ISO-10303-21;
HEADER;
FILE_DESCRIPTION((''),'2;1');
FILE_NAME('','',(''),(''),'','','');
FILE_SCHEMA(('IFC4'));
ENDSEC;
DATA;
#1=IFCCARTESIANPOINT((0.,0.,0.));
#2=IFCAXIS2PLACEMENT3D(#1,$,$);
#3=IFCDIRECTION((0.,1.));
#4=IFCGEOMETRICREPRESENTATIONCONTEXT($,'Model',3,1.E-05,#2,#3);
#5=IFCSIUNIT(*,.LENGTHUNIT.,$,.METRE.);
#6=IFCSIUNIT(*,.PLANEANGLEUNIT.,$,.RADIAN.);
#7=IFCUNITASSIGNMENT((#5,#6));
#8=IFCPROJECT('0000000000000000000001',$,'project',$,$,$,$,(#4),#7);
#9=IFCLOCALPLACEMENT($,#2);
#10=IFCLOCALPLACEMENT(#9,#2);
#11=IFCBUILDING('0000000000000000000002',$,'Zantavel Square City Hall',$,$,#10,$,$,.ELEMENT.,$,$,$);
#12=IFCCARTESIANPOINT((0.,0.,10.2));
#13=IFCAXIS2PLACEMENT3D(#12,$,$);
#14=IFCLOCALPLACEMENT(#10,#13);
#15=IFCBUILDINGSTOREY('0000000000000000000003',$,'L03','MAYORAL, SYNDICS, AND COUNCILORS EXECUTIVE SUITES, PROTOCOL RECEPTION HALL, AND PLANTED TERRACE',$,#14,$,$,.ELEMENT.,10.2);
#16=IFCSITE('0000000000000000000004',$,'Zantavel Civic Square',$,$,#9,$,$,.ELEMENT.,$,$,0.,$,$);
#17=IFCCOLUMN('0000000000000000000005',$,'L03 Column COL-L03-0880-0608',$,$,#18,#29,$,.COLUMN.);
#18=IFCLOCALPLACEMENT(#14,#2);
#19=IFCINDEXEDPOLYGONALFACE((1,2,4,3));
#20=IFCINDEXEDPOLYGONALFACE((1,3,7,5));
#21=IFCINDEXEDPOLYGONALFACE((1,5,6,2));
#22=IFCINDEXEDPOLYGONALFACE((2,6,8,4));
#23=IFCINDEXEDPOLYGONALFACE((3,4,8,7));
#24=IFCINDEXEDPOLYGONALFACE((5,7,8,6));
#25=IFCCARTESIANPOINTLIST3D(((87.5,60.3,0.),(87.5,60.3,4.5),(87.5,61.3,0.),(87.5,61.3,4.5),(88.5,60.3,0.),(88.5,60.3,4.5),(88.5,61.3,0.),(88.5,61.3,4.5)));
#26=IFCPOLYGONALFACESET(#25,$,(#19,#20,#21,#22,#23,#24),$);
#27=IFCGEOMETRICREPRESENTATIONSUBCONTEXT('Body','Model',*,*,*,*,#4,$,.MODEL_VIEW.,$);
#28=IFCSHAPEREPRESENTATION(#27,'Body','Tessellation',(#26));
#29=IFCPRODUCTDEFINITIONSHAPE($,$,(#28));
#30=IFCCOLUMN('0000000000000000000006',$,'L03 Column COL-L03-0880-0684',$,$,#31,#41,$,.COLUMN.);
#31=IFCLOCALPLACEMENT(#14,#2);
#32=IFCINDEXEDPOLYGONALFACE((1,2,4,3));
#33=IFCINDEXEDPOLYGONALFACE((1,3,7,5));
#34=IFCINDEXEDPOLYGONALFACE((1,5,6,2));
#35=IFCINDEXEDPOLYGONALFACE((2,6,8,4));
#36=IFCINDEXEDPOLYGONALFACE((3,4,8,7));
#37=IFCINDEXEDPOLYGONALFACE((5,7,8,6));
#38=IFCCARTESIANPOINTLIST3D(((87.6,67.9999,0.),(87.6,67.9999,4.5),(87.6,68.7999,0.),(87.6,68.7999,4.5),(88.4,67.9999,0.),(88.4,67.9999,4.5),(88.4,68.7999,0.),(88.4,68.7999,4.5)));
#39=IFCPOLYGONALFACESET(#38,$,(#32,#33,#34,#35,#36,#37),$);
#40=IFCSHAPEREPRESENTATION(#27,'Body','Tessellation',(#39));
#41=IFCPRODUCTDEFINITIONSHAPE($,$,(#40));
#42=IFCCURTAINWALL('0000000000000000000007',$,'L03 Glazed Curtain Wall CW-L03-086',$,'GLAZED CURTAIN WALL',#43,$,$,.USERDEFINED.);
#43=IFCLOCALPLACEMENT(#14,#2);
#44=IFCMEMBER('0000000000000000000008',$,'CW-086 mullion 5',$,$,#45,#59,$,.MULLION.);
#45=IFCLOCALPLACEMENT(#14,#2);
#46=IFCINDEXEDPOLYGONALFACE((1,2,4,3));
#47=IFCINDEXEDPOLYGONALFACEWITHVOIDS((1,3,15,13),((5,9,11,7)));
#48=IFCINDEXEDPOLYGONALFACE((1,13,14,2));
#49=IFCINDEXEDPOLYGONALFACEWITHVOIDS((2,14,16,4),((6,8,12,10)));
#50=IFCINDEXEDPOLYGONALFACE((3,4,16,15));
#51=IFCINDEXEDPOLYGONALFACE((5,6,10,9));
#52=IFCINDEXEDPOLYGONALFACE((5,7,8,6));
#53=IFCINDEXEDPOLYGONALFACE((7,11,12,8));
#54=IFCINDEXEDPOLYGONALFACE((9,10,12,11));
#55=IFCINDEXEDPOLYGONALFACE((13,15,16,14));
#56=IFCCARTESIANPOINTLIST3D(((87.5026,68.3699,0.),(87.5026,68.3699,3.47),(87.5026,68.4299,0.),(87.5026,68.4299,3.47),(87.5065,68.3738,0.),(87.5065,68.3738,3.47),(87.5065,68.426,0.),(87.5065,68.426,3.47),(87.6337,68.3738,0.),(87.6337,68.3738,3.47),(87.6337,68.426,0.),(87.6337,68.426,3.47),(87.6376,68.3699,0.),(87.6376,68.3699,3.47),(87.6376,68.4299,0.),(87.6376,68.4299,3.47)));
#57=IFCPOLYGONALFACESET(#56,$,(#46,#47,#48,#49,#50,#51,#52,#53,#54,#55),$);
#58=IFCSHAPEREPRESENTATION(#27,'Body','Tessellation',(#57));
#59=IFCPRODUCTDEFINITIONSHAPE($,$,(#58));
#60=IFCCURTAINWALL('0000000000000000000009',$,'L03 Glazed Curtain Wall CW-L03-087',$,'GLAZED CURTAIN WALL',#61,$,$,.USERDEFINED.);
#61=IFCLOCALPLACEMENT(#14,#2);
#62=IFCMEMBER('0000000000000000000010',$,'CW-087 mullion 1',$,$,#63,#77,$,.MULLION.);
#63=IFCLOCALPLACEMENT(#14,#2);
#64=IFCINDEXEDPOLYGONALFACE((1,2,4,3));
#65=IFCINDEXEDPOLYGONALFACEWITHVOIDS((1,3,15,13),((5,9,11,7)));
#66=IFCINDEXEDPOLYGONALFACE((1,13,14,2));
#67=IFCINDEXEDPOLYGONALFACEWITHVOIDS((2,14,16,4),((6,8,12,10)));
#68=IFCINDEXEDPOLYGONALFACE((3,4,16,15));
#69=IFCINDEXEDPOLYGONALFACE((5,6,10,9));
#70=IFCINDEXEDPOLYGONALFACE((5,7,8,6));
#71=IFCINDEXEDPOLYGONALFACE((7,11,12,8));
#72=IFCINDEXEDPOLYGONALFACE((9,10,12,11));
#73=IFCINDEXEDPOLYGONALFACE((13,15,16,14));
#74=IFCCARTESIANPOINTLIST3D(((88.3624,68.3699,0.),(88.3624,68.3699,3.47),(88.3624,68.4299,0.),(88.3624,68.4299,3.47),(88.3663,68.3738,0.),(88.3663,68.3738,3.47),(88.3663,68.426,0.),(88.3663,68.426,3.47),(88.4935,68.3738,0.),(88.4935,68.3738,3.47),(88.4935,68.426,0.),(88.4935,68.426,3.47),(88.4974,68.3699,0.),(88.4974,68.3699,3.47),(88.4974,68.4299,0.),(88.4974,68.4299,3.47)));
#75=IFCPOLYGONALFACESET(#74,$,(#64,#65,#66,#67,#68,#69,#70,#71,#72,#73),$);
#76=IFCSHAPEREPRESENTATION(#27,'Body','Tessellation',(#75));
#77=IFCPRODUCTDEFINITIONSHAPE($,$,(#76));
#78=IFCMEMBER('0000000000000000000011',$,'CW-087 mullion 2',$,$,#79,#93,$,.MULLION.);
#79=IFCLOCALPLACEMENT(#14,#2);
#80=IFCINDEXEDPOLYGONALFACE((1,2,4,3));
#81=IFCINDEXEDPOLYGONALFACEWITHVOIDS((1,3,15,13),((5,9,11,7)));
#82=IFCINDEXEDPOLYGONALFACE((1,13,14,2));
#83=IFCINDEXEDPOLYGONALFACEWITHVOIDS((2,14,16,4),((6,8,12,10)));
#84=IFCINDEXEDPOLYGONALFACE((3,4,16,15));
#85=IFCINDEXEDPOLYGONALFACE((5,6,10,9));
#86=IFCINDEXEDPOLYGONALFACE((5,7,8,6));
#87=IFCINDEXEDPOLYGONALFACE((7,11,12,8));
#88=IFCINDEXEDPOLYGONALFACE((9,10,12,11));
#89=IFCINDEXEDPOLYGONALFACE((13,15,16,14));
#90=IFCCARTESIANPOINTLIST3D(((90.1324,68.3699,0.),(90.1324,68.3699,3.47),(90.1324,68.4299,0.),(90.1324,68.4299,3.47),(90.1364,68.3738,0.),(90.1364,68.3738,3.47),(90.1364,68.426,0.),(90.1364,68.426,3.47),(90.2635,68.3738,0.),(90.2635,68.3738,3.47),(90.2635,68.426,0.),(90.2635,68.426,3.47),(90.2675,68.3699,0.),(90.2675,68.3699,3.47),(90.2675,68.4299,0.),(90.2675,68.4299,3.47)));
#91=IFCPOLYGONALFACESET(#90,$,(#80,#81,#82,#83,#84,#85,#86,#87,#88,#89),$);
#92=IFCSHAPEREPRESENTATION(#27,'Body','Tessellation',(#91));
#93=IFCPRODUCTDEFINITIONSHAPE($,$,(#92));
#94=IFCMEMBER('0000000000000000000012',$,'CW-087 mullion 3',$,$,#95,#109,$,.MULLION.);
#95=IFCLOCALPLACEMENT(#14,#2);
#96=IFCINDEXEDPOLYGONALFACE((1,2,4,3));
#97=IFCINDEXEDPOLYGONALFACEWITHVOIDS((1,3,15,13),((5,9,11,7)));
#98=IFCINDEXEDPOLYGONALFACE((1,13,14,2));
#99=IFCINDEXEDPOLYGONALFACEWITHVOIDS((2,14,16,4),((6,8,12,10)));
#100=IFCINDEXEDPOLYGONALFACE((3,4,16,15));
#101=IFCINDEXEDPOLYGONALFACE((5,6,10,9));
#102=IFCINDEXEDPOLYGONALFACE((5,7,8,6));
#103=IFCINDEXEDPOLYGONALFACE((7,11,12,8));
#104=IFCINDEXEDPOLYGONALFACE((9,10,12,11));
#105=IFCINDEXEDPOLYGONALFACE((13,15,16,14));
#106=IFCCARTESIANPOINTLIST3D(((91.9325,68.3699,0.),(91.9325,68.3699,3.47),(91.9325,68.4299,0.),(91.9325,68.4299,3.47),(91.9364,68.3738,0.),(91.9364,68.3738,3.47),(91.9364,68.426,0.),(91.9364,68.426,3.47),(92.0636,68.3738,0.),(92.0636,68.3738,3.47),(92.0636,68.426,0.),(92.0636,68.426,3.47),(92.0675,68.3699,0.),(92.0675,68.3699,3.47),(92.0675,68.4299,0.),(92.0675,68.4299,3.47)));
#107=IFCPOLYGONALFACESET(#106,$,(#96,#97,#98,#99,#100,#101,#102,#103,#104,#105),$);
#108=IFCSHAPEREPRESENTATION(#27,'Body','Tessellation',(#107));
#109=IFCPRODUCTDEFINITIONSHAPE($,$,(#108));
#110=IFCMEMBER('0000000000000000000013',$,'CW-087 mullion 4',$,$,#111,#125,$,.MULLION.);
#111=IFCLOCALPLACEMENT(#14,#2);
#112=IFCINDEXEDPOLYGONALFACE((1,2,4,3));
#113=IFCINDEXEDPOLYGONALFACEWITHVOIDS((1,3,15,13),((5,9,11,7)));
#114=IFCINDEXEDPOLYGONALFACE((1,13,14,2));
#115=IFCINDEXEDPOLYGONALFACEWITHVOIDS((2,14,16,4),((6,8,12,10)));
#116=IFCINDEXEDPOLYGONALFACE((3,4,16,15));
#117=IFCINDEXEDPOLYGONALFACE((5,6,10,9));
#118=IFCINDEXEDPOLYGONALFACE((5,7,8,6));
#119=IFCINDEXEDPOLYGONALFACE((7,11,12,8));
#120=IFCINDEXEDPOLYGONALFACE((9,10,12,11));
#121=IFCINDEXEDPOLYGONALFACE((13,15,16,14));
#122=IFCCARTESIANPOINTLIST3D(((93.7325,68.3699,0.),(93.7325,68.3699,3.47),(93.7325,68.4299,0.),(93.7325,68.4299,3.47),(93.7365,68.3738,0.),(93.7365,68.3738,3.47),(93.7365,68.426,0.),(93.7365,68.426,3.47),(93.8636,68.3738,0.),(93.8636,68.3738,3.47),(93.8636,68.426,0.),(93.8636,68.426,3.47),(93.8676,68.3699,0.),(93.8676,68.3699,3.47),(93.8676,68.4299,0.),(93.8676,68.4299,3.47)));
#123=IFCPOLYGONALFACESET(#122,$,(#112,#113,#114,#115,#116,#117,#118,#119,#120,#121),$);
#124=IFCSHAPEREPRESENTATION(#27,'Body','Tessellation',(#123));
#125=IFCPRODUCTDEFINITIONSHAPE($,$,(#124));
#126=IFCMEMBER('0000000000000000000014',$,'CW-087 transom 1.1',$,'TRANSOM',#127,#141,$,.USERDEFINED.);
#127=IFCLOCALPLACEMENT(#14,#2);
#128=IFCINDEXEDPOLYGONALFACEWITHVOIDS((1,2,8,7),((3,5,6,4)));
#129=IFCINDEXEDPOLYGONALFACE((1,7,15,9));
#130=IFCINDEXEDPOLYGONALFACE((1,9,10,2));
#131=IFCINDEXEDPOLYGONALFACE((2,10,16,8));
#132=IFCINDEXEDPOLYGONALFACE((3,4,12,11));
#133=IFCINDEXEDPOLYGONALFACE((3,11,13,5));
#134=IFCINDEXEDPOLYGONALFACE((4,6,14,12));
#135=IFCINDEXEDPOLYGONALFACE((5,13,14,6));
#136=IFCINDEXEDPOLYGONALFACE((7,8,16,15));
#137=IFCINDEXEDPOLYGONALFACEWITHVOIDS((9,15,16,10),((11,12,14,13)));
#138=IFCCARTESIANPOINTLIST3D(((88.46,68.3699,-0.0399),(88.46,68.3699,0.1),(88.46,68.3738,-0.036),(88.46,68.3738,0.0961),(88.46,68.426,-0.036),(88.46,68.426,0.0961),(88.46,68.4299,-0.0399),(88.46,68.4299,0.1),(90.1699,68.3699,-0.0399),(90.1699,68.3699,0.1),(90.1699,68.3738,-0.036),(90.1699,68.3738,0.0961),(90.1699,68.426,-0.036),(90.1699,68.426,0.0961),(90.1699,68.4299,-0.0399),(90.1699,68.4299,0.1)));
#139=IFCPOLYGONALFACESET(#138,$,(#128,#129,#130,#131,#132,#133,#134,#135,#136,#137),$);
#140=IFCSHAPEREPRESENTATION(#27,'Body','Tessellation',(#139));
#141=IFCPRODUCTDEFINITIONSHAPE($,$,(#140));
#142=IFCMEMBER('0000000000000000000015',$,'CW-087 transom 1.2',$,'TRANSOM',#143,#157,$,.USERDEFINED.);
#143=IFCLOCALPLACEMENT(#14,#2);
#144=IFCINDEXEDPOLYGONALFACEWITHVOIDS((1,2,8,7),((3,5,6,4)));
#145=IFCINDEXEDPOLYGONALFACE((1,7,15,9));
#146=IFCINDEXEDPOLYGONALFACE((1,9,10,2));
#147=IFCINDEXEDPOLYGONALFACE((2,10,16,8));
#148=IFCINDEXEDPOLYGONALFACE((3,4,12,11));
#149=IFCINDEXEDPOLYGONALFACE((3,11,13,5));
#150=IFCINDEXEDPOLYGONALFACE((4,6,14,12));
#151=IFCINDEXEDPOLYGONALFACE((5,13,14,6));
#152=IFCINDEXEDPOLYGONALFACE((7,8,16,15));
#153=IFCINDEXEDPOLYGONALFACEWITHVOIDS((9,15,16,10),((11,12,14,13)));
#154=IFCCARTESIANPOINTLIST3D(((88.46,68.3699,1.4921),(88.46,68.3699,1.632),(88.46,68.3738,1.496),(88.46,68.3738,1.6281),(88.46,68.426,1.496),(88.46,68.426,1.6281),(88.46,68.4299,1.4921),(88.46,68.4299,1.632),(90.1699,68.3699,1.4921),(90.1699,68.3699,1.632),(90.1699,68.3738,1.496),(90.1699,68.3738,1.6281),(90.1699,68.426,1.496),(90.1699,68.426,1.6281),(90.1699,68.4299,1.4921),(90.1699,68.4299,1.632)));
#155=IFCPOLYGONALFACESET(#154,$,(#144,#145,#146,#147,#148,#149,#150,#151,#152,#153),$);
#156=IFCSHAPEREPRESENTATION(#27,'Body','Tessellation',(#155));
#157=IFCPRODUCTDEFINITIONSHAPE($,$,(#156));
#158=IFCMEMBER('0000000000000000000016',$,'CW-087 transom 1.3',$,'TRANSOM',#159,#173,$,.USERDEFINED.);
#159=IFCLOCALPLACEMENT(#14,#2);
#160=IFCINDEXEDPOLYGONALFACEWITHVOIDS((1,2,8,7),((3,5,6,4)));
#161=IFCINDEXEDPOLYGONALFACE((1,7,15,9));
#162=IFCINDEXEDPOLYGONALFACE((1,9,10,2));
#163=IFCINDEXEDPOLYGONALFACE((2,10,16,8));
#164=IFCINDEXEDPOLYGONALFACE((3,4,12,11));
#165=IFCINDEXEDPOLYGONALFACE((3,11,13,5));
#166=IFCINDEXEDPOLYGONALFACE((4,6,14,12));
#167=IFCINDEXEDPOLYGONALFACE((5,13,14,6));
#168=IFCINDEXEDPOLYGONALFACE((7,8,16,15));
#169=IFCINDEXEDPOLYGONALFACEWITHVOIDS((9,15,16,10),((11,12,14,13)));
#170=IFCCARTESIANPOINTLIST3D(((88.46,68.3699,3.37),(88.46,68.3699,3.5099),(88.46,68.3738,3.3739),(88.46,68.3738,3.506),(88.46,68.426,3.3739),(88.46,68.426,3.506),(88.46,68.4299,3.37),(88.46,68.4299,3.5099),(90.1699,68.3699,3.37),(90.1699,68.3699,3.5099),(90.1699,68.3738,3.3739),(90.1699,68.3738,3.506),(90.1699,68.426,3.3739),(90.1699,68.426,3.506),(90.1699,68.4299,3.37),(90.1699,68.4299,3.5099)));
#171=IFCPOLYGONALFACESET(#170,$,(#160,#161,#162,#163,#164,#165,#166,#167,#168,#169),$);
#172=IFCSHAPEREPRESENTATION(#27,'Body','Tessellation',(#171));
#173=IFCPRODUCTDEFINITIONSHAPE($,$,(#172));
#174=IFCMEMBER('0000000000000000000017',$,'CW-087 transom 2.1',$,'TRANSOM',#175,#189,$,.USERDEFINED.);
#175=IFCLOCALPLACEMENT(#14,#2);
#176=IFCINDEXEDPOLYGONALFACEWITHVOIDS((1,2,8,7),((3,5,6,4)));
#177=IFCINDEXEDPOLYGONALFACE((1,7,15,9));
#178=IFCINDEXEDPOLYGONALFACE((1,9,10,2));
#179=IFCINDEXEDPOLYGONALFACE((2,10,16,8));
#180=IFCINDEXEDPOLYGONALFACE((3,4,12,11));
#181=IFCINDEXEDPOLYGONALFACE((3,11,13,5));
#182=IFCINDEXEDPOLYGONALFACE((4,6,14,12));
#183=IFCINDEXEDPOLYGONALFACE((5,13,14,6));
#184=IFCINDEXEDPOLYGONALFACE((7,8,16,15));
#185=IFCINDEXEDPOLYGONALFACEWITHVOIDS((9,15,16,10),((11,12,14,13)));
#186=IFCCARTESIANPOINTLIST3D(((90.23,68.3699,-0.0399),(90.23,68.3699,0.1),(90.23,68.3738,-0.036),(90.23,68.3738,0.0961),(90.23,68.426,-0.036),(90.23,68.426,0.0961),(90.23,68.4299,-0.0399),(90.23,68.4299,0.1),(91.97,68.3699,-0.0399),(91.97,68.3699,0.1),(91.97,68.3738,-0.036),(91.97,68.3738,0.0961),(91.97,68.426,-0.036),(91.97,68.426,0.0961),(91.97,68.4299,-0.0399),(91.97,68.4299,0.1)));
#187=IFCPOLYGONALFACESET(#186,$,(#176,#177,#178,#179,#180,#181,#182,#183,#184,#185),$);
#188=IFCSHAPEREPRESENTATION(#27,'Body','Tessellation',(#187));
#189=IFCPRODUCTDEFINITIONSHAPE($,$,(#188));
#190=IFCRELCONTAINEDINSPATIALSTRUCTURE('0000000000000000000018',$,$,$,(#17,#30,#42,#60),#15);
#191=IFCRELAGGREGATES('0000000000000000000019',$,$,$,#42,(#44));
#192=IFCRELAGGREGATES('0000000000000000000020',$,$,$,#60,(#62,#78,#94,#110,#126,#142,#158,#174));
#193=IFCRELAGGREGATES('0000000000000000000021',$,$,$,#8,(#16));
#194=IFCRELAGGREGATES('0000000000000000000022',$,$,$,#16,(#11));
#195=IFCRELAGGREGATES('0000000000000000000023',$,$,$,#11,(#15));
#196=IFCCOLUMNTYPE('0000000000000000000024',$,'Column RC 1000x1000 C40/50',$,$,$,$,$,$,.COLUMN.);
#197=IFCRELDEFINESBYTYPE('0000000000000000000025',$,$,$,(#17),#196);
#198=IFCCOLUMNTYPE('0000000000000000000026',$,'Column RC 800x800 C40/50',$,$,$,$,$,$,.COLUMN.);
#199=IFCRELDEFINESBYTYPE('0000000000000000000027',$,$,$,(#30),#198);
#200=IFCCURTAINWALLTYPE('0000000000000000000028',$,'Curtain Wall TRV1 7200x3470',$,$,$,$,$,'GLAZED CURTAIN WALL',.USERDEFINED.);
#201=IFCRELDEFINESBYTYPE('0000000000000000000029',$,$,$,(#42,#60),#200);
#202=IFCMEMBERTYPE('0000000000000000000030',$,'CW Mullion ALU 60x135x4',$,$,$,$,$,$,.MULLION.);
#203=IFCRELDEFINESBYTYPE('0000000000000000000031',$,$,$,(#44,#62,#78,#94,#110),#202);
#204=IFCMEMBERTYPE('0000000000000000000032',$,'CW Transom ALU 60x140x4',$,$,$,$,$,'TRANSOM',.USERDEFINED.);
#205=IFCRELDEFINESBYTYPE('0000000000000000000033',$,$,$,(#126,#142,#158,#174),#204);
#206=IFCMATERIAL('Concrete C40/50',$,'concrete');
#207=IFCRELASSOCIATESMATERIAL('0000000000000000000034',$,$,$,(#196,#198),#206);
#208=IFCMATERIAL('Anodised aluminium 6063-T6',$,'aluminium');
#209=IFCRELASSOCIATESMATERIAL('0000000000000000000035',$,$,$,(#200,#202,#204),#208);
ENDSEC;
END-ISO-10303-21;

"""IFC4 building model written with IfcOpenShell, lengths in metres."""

from ifc_helpers import new_model, si_unit, direction, frame, origin, origin_2d, place, context, subcontext, project, spatial, rectangle, hollow_rectangle, extrude, material, material_profile, profile_set, type_object, element, aggregate, save


model = new_model("IFC4")

# Units and contexts
model_context = context("Model", 3, precision=1e-05, world=origin(), true_north=direction((0.0, 1.0)))
body_context = subcontext(model_context, "Body", "Model", "MODEL_VIEW")
ifc_project = project(units=[si_unit("LENGTHUNIT", "METRE"), si_unit("PLANEANGLEUNIT", "RADIAN")], contexts=[model_context])

# Site, building, storey
site_placement = place(None, origin())
site = spatial("IfcSite", under=ifc_project, at=site_placement, Name="Zantavel Civic Square", CompositionType="ELEMENT", RefElevation=0.0)
building_placement = place(site_placement, origin())
building = spatial("IfcBuilding", under=site, at=building_placement, Name="Zantavel Square City Hall", CompositionType="ELEMENT")
storey_placement = place(building_placement, frame((0.0, 0.0, 10.2)))
storey = spatial("IfcBuildingStorey", under=building, at=storey_placement, Name="L03", Description="MAYORAL, SYNDICS, AND COUNCILORS EXECUTIVE SUITES, PROTOCOL RECEPTION HALL, AND PLANTED TERRACE", CompositionType="ELEMENT", Elevation=10.2)

# Columns
ifc_material_1 = material(Name="Concrete C40/50", Category="concrete")
ifc_material_profile_1 = material_profile(ifc_material_1, rectangle(XDim=1.0, YDim=1.0, at=origin_2d()), Name="RC 1000x1000")
ifc_profile_set_1 = profile_set([ifc_material_profile_1], Name="Concrete C40/50")
column_type_1 = type_object("IfcColumnType", Name="Column RC 1000x1000 C40/50", PredefinedType="COLUMN", material=ifc_profile_set_1)
column_1_placement = place(storey_placement, frame((88.0, 60.8, 0.0), z_axis=(0.0, 0.0, 1.0), x_axis=(1.0, 0.0, 0.0)))
element("IfcColumn", 1, at=column_1_placement, inside=storey, type_object=column_type_1, Name="L03 Column COL-L03-0880-0608", PredefinedType="COLUMN", context=body_context, shape_type="SweptSolid", body=[
    extrude(rectangle(XDim=1.0, YDim=1.0, at=origin_2d()), origin(), (0.0, 0.0, 1.0), 4.5),
])
ifc_material_profile_2 = material_profile(ifc_material_1, rectangle(XDim=0.8, YDim=0.8, at=origin_2d()), Name="RC 800x800")
ifc_profile_set_2 = profile_set([ifc_material_profile_2], Name="Concrete C40/50")
column_type_2 = type_object("IfcColumnType", Name="Column RC 800x800 C40/50", PredefinedType="COLUMN", material=ifc_profile_set_2)
column_2_placement = place(storey_placement, frame((88.0, 68.3999, 0.0), z_axis=(0.0, 0.0, 1.0), x_axis=(1.0, 0.0, 0.0)))
element("IfcColumn", 2, at=column_2_placement, inside=storey, type_object=column_type_2, Name="L03 Column COL-L03-0880-0684", PredefinedType="COLUMN", context=body_context, shape_type="SweptSolid", body=[
    extrude(rectangle(XDim=0.8, YDim=0.8, at=origin_2d()), origin(), (0.0, 0.0, 1.0), 4.5),
])

# Curtain wall, member
ifc_material_2 = material(Name="Anodised aluminium 6063-T6", Category="aluminium")
curtain_wall_type = type_object("IfcCurtainWallType", Name="Curtain Wall TRV1 7200x3470", ElementType="GLAZED CURTAIN WALL", PredefinedType="USERDEFINED", material=ifc_material_2)
curtain_wall_1_placement = place(storey_placement, origin())
curtain_wall_1 = element("IfcCurtainWall", 3, at=curtain_wall_1_placement, inside=storey, type_object=curtain_wall_type, Name="L03 Glazed Curtain Wall CW-L03-086", ObjectType="GLAZED CURTAIN WALL", PredefinedType="USERDEFINED")
ifc_material_profile_3 = material_profile(ifc_material_2, hollow_rectangle(XDim=0.0601, YDim=0.135, WallThickness=0.0039, at=origin_2d()), Name="ALU 60x135x4")
ifc_profile_set_3 = profile_set([ifc_material_profile_3], Name="Anodised aluminium 6063-T6")
member_type_1 = type_object("IfcMemberType", Name="CW Mullion ALU 60x135x4", PredefinedType="MULLION", material=ifc_profile_set_3)
member_1_placement = place(storey_placement, frame((87.5701, 68.3999, 0.0), z_axis=(0.0, 0.0, 1.0), x_axis=(0.0, 1.0, 0.0)))
member_1 = element("IfcMember", 4, at=member_1_placement, type_object=member_type_1, Name="CW-086 mullion 5", PredefinedType="MULLION", context=body_context, shape_type="SweptSolid", body=[
    extrude(hollow_rectangle(XDim=0.0601, YDim=0.135, WallThickness=0.0039, at=origin_2d()), origin(), (0.0, 0.0, 1.0), 3.47),
])

# Curtain wall, members
curtain_wall_2_placement = place(storey_placement, origin())
curtain_wall_2 = element("IfcCurtainWall", 5, at=curtain_wall_2_placement, inside=storey, type_object=curtain_wall_type, Name="L03 Glazed Curtain Wall CW-L03-087", ObjectType="GLAZED CURTAIN WALL", PredefinedType="USERDEFINED")
member_2_placement = place(storey_placement, frame((88.4299, 68.3999, 0.0), z_axis=(0.0, 0.0, 1.0), x_axis=(0.0, 1.0, 0.0)))
member_2 = element("IfcMember", 6, at=member_2_placement, type_object=member_type_1, Name="CW-087 mullion 1", PredefinedType="MULLION", context=body_context, shape_type="SweptSolid", body=[
    extrude(hollow_rectangle(XDim=0.0601, YDim=0.135, WallThickness=0.0039, at=origin_2d()), origin(), (0.0, 0.0, 1.0), 3.47),
])
member_3_placement = place(storey_placement, frame((90.2, 68.3999, 0.0), z_axis=(0.0, 0.0, 1.0), x_axis=(0.0, 1.0, 0.0)))
member_3 = element("IfcMember", 7, at=member_3_placement, type_object=member_type_1, Name="CW-087 mullion 2", PredefinedType="MULLION", context=body_context, shape_type="SweptSolid", body=[
    extrude(hollow_rectangle(XDim=0.0601, YDim=0.135, WallThickness=0.0039, at=origin_2d()), origin(), (0.0, 0.0, 1.0), 3.47),
])
member_4_placement = place(storey_placement, frame((92.0, 68.3999, 0.0), z_axis=(0.0, 0.0, 1.0), x_axis=(0.0, 1.0, 0.0)))
member_4 = element("IfcMember", 8, at=member_4_placement, type_object=member_type_1, Name="CW-087 mullion 3", PredefinedType="MULLION", context=body_context, shape_type="SweptSolid", body=[
    extrude(hollow_rectangle(XDim=0.0601, YDim=0.135, WallThickness=0.0039, at=origin_2d()), origin(), (0.0, 0.0, 1.0), 3.47),
])
member_5_placement = place(storey_placement, frame((93.8, 68.3999, 0.0), z_axis=(0.0, 0.0, 1.0), x_axis=(0.0, 1.0, 0.0)))
member_5 = element("IfcMember", 9, at=member_5_placement, type_object=member_type_1, Name="CW-087 mullion 4", PredefinedType="MULLION", context=body_context, shape_type="SweptSolid", body=[
    extrude(hollow_rectangle(XDim=0.0601, YDim=0.135, WallThickness=0.0039, at=origin_2d()), origin(), (0.0, 0.0, 1.0), 3.47),
])
ifc_material_profile_4 = material_profile(ifc_material_2, hollow_rectangle(XDim=0.0601, YDim=0.1399, WallThickness=0.0039, at=origin_2d()), Name="ALU 60x140x4")
ifc_profile_set_4 = profile_set([ifc_material_profile_4], Name="Anodised aluminium 6063-T6")
member_type_2 = type_object("IfcMemberType", Name="CW Transom ALU 60x140x4", ElementType="TRANSOM", PredefinedType="USERDEFINED", material=ifc_profile_set_4)
member_6_placement = place(storey_placement, frame((88.46, 68.3999, 0.03), z_axis=(1.0, 0.0, 0.0), x_axis=(0.0, 1.0, 0.0)))
member_6 = element("IfcMember", 10, at=member_6_placement, type_object=member_type_2, Name="CW-087 transom 1.1", ObjectType="TRANSOM", PredefinedType="USERDEFINED", context=body_context, shape_type="SweptSolid", body=[
    extrude(hollow_rectangle(XDim=0.0601, YDim=0.1399, WallThickness=0.0039, at=origin_2d()), origin(), (0.0, 0.0, 1.0), 1.71),
])
member_7_placement = place(storey_placement, frame((88.46, 68.3999, 1.562), z_axis=(1.0, 0.0, 0.0), x_axis=(0.0, 1.0, 0.0)))
member_7 = element("IfcMember", 11, at=member_7_placement, type_object=member_type_2, Name="CW-087 transom 1.2", ObjectType="TRANSOM", PredefinedType="USERDEFINED", context=body_context, shape_type="SweptSolid", body=[
    extrude(hollow_rectangle(XDim=0.0601, YDim=0.1399, WallThickness=0.0039, at=origin_2d()), origin(), (0.0, 0.0, 1.0), 1.71),
])
member_8_placement = place(storey_placement, frame((88.46, 68.3999, 3.4399), z_axis=(1.0, 0.0, 0.0), x_axis=(0.0, 1.0, 0.0)))
member_8 = element("IfcMember", 12, at=member_8_placement, type_object=member_type_2, Name="CW-087 transom 1.3", ObjectType="TRANSOM", PredefinedType="USERDEFINED", context=body_context, shape_type="SweptSolid", body=[
    extrude(hollow_rectangle(XDim=0.0601, YDim=0.1399, WallThickness=0.0039, at=origin_2d()), origin(), (0.0, 0.0, 1.0), 1.71),
])
member_9_placement = place(storey_placement, frame((90.23, 68.3999, 0.03), z_axis=(1.0, 0.0, 0.0), x_axis=(0.0, 1.0, 0.0)))
member_9 = element("IfcMember", 13, at=member_9_placement, type_object=member_type_2, Name="CW-087 transom 2.1", ObjectType="TRANSOM", PredefinedType="USERDEFINED", context=body_context, shape_type="SweptSolid", body=[
    extrude(hollow_rectangle(XDim=0.0601, YDim=0.1399, WallThickness=0.0039, at=origin_2d()), origin(), (0.0, 0.0, 1.0), 1.74),
])

aggregate(curtain_wall_1, [member_1])
aggregate(curtain_wall_2, [member_2, member_3, member_4, member_5, member_6, member_7, member_8, member_9])

save(model, "model.ifc")
